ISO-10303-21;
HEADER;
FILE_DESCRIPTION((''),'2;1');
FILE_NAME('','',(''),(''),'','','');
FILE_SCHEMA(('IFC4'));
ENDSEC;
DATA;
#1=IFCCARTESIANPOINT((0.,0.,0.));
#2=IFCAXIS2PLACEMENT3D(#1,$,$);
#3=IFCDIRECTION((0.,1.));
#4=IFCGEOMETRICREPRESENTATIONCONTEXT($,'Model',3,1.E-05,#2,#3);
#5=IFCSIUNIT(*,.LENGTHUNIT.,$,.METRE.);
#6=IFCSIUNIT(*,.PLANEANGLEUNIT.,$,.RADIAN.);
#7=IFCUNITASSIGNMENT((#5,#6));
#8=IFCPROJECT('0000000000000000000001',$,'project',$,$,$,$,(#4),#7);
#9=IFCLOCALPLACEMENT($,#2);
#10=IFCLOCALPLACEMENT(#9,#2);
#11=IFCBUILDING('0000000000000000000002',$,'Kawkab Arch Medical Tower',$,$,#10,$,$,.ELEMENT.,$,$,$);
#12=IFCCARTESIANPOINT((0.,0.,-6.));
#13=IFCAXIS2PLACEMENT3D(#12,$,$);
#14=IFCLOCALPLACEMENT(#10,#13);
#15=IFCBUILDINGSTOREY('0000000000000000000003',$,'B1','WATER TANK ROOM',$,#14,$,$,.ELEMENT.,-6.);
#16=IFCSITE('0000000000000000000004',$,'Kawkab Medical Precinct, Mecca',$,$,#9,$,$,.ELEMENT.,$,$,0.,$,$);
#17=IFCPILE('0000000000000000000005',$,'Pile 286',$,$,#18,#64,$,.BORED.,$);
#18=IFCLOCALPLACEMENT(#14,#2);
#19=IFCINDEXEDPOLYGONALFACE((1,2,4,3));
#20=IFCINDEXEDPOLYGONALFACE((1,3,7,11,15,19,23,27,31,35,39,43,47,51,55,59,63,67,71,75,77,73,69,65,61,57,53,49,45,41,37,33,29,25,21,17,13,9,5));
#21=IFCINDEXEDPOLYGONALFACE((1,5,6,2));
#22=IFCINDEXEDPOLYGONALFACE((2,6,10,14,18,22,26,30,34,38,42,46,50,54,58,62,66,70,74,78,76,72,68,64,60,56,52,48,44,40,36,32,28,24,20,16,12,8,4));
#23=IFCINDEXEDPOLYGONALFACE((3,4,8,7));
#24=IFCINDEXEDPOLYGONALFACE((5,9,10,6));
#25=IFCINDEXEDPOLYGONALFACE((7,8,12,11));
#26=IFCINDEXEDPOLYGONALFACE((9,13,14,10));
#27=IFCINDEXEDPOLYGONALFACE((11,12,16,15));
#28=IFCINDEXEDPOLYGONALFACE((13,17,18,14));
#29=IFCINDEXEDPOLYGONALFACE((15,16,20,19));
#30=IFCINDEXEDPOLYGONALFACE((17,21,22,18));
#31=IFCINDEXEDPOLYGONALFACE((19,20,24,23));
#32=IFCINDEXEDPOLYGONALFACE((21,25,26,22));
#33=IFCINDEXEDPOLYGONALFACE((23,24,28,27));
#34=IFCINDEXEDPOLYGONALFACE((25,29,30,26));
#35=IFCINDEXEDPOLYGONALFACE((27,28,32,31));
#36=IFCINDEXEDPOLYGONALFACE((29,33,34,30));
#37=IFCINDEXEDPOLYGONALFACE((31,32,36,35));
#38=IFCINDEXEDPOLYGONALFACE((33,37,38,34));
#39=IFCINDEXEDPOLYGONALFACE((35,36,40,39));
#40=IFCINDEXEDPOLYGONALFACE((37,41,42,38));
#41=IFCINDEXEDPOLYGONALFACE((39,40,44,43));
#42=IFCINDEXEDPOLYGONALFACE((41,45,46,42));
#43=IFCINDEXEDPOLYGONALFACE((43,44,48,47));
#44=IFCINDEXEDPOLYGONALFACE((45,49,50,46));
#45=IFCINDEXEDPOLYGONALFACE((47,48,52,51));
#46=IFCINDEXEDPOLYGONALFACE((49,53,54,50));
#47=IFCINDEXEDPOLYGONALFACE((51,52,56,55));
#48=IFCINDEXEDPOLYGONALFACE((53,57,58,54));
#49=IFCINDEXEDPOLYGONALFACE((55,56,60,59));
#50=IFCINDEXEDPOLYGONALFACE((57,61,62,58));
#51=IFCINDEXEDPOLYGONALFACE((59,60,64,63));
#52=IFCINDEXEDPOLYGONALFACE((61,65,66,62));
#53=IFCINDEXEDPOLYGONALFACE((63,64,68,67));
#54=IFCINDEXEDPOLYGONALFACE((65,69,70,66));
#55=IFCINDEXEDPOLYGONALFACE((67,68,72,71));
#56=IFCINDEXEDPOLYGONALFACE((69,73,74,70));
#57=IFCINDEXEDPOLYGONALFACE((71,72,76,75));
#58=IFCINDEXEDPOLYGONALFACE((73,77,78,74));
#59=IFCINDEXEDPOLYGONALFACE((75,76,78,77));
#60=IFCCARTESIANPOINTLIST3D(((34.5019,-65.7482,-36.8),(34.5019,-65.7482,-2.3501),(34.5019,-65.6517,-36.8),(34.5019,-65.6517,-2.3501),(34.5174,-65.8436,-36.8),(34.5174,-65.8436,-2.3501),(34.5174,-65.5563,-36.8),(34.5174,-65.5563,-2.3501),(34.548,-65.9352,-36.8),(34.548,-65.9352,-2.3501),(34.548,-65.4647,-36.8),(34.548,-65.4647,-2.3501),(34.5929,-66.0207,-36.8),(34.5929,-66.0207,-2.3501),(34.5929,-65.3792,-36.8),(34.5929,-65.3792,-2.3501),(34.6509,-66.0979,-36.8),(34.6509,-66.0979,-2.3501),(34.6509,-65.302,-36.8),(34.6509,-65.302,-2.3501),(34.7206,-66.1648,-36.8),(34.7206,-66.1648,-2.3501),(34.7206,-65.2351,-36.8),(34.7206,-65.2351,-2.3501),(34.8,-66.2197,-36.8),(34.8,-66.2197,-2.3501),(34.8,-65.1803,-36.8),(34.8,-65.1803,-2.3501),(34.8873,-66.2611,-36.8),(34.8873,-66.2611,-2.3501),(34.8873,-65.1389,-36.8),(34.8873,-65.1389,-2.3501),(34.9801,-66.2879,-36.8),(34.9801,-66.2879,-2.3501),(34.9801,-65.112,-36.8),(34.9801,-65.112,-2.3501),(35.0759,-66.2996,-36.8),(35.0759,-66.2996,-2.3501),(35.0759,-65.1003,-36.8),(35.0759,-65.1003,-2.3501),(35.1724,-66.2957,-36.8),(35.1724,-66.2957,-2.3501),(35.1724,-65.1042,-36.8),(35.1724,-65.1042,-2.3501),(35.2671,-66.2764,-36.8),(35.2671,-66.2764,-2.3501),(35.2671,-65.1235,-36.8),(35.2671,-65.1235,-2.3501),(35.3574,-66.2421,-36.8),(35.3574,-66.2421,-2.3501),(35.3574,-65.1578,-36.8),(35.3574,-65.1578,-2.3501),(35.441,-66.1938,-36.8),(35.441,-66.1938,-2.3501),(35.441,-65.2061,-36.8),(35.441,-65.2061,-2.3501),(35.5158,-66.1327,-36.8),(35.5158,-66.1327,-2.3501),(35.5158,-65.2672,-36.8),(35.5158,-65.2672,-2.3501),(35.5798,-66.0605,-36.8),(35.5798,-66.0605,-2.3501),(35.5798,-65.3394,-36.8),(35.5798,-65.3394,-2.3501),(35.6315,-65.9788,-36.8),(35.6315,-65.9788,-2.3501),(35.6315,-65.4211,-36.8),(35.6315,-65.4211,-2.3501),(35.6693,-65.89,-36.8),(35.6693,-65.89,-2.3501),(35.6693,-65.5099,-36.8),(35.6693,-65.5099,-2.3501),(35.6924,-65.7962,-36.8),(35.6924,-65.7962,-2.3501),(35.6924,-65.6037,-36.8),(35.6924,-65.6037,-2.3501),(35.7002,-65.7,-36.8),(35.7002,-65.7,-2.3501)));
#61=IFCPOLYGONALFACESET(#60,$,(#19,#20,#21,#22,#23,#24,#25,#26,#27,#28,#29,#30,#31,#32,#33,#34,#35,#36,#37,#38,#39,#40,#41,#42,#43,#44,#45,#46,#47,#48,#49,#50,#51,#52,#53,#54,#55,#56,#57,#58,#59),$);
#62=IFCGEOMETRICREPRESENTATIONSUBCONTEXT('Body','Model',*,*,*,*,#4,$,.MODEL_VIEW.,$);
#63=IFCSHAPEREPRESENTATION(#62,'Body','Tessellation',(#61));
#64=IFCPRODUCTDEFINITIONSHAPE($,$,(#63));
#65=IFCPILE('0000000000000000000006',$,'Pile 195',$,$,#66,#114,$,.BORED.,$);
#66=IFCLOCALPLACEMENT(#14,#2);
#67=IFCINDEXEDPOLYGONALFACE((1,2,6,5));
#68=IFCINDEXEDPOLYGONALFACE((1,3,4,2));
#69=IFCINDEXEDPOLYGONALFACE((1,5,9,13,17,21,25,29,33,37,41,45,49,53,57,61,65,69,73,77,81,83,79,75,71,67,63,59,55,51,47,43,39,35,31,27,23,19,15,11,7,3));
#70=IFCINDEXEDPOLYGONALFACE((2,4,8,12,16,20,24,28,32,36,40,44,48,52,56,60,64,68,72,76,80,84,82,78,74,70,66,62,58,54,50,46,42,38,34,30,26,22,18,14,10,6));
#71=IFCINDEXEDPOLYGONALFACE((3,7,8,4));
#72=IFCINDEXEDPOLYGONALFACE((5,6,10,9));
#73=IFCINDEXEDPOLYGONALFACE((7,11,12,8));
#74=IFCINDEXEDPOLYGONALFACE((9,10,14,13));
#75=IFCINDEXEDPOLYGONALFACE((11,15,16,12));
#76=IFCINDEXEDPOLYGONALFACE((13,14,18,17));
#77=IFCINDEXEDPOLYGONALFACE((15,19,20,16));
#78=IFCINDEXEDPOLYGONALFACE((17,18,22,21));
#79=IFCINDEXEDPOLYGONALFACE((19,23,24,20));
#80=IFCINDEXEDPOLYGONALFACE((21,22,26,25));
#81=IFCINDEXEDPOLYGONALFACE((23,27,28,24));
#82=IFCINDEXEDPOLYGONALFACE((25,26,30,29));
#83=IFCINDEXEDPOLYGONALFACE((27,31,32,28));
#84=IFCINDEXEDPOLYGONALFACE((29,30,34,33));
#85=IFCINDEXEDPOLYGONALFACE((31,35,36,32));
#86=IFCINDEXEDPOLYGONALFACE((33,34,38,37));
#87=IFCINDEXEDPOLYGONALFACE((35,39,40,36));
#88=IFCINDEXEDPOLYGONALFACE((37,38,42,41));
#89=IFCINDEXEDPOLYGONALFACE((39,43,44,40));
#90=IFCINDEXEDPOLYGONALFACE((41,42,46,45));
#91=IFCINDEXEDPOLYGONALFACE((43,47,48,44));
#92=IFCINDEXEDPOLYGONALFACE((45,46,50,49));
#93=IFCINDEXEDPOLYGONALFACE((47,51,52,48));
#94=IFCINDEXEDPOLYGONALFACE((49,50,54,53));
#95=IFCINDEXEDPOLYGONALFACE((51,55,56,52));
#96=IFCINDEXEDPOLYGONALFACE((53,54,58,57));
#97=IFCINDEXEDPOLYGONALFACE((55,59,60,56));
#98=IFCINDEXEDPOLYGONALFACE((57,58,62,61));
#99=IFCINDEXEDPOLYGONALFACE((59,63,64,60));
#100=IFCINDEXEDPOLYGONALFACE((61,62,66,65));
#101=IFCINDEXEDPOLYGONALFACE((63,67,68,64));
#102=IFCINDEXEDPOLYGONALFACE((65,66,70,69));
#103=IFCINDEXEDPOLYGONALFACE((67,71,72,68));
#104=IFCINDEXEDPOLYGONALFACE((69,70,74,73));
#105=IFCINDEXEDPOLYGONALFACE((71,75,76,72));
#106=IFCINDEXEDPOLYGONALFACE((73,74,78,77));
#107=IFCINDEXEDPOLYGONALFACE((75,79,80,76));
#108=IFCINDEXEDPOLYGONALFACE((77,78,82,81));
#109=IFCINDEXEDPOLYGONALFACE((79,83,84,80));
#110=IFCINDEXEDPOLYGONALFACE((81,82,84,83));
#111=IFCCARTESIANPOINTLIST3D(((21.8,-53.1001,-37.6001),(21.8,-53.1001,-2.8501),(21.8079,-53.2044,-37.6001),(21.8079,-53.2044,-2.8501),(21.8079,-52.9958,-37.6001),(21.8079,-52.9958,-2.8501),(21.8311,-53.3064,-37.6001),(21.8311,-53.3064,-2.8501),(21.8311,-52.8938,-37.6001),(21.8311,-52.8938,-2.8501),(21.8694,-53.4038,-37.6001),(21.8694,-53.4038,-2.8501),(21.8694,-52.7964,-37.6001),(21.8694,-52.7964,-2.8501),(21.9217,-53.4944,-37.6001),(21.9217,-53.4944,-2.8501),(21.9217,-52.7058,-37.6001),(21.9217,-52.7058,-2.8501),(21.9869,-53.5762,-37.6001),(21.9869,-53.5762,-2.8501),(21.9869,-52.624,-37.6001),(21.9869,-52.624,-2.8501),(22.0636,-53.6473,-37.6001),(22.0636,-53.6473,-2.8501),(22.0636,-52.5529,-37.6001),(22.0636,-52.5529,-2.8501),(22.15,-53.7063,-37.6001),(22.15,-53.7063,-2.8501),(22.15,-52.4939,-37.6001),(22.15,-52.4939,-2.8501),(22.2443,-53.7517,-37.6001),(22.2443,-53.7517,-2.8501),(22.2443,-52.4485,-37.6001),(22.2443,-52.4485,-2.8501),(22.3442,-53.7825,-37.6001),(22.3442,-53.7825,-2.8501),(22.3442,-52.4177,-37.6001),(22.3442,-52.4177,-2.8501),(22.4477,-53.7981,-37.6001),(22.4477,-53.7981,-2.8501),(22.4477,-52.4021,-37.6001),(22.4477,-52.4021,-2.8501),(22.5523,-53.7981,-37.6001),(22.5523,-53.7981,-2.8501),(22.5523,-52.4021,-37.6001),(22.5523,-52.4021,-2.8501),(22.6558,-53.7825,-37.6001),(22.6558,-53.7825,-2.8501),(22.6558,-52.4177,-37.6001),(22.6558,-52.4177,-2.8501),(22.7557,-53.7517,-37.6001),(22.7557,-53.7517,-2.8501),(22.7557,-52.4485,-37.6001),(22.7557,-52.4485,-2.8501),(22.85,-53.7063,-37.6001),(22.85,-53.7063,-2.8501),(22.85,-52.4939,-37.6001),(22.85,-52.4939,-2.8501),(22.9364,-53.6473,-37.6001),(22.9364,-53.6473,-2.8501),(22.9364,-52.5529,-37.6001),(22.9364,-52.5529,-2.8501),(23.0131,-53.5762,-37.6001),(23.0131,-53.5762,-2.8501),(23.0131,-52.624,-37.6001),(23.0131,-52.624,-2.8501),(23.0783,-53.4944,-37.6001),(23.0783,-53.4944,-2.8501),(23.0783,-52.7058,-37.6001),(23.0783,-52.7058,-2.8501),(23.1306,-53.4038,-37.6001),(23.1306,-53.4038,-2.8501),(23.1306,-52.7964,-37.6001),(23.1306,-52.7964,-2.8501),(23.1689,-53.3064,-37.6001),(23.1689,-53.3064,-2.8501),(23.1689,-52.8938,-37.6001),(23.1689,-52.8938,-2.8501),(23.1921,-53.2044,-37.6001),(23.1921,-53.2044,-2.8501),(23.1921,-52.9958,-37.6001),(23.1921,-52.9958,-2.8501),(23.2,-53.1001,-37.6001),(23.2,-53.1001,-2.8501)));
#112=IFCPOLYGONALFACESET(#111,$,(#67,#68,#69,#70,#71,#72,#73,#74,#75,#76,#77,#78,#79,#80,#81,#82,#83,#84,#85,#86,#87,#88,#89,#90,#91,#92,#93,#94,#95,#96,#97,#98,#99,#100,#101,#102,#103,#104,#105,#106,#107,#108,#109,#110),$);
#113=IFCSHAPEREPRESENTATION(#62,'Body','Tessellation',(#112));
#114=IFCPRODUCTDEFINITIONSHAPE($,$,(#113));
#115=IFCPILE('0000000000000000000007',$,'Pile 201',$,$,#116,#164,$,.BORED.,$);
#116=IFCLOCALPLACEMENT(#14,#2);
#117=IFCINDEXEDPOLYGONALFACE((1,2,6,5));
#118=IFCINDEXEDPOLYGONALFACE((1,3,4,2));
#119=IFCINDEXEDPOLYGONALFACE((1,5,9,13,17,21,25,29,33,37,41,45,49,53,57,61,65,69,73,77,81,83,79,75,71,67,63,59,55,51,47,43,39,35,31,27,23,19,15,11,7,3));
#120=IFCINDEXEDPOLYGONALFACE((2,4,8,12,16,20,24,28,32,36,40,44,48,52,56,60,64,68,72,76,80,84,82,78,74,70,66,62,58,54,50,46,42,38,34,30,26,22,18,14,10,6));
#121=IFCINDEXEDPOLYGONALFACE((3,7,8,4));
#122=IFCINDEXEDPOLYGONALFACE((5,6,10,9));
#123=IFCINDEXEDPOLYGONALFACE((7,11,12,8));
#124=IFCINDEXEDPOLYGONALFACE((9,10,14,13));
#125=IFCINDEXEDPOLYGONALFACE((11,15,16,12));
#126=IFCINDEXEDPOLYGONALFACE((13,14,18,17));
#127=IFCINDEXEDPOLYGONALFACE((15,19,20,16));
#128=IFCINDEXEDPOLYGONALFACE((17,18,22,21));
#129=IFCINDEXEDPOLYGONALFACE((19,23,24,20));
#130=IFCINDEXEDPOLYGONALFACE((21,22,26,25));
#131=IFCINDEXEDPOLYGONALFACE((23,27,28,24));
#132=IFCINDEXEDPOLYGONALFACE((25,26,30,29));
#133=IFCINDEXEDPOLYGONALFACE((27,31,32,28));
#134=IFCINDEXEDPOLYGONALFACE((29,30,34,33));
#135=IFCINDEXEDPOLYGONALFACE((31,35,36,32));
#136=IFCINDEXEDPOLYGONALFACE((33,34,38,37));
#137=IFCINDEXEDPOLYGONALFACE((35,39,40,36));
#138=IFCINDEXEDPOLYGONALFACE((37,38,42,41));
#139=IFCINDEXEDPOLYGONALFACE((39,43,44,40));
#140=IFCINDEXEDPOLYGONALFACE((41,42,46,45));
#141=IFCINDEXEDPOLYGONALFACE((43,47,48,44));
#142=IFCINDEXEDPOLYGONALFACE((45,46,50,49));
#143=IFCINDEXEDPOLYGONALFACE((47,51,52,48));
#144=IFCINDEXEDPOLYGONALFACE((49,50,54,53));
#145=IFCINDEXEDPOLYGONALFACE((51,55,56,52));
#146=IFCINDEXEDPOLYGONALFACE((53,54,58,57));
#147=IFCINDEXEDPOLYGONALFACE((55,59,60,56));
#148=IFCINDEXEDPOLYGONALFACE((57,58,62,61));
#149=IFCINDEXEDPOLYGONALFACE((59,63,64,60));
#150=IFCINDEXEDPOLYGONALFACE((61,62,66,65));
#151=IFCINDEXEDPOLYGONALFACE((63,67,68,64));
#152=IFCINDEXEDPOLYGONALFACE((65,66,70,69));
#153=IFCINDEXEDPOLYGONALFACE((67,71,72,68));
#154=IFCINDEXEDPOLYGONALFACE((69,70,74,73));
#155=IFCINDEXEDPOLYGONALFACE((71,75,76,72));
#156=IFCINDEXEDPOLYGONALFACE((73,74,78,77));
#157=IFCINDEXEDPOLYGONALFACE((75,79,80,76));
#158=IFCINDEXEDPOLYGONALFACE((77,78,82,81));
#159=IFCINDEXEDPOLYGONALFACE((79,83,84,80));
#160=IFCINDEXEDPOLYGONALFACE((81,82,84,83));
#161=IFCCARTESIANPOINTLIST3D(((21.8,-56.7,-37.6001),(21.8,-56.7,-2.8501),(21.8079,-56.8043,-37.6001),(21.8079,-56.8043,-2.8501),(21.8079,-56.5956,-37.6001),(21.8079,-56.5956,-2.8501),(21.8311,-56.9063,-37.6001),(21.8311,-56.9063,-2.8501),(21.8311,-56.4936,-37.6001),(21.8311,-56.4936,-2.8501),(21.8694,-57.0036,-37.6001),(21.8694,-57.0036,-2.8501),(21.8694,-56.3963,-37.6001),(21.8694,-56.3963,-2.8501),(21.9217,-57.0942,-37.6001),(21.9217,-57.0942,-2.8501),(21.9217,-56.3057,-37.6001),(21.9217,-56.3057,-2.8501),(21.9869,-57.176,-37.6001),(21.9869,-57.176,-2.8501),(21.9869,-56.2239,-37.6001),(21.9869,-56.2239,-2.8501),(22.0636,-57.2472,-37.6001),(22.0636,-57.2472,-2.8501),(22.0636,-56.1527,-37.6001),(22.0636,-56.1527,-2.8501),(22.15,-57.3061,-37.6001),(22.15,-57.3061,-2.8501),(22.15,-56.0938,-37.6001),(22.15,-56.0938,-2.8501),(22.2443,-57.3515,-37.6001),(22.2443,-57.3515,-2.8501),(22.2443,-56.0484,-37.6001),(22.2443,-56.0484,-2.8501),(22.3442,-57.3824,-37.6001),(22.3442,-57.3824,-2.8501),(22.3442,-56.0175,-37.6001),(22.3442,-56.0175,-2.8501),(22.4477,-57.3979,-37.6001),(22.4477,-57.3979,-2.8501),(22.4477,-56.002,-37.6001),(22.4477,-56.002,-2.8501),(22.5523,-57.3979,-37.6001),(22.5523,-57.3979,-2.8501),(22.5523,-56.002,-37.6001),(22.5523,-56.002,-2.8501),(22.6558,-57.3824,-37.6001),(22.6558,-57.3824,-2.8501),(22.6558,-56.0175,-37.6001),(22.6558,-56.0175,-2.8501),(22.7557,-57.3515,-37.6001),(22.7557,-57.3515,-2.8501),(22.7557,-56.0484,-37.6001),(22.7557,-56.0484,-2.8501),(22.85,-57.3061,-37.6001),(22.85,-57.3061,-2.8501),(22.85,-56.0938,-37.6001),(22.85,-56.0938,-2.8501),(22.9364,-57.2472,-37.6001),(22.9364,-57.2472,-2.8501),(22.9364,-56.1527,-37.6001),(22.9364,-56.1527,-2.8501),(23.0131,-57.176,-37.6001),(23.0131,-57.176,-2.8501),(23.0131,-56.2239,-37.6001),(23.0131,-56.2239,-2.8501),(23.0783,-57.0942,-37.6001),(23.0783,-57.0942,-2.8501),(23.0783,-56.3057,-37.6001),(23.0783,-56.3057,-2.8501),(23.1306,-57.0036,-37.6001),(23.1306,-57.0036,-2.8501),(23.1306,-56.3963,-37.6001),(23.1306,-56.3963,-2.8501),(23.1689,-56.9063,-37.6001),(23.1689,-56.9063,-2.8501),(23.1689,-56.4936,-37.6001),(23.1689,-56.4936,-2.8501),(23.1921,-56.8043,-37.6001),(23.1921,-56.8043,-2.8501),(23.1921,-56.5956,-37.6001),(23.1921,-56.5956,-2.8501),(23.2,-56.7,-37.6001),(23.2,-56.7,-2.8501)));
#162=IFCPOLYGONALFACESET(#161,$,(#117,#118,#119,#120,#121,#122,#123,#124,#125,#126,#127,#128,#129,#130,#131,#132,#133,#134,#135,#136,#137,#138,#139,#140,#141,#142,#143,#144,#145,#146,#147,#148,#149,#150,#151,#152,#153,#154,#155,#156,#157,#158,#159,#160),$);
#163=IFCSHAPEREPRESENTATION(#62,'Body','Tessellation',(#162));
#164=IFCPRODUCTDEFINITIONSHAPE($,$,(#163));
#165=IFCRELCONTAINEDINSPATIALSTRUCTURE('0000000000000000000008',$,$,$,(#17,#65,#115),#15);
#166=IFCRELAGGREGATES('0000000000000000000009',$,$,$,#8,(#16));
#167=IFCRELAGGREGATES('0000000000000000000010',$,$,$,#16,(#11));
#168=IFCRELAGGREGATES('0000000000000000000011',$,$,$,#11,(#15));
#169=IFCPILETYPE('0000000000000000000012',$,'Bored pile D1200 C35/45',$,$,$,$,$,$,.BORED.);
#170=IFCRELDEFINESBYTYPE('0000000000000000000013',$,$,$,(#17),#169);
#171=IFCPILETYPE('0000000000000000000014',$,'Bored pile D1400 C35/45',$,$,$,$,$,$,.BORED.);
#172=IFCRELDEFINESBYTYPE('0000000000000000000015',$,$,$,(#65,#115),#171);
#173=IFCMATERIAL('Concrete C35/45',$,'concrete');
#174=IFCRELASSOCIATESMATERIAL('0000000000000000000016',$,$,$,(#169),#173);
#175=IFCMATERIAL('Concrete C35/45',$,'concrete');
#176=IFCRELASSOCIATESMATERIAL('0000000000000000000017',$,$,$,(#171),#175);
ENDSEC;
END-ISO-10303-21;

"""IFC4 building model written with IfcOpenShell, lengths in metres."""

from ifc_helpers import new_model, si_unit, direction, frame, origin, origin_2d, place, context, subcontext, project, spatial, circle, extrude, material, material_profile, profile_set, type_object, element, save


model = new_model("IFC4")

# Units and contexts
model_context = context("Model", 3, precision=1e-05, world=origin(), true_north=direction((0.0, 1.0)))
body_context = subcontext(model_context, "Body", "Model", "MODEL_VIEW")
ifc_project = project(units=[si_unit("LENGTHUNIT", "METRE"), si_unit("PLANEANGLEUNIT", "RADIAN")], contexts=[model_context])

# Site, building, storey
site_placement = place(None, origin())
site = spatial("IfcSite", under=ifc_project, at=site_placement, Name="Kawkab Medical Precinct, Mecca", CompositionType="ELEMENT", RefElevation=0.0)
building_placement = place(site_placement, origin())
building = spatial("IfcBuilding", under=site, at=building_placement, Name="Kawkab Arch Medical Tower", CompositionType="ELEMENT")
storey_placement = place(building_placement, frame((0.0, 0.0, -6.0)))
storey = spatial("IfcBuildingStorey", under=building, at=storey_placement, Name="B1", Description="WATER TANK ROOM", CompositionType="ELEMENT", Elevation=-6.0)

# Piles
ifc_material_1 = material(Name="Concrete C35/45", Category="concrete")
ifc_material_profile_1 = material_profile(ifc_material_1, circle(Radius=0.6001, at=origin_2d()), Name="Bored pile D1200")
ifc_profile_set_1 = profile_set([ifc_material_profile_1], Name="Concrete C35/45")
pile_type_1 = type_object("IfcPileType", Name="Bored pile D1200 C35/45", PredefinedType="BORED", material=ifc_profile_set_1)
for number, where, z_axis, x_axis, name in (
    (1, (35.1001, -65.7, -2.3501), (0.0, 0.0, -1.0), (1.0, 0.0, 0.0), "Pile 286"),
):
    element("IfcPile", number, at=place(storey_placement, frame(where, z_axis=z_axis, x_axis=x_axis)), inside=storey, type_object=pile_type_1, Name=name, PredefinedType="BORED", context=body_context, shape_type="SweptSolid", body=[
        extrude(circle(Radius=0.6001, at=origin_2d()), origin(), (0.0, 0.0, 1.0), 34.45),
    ])
ifc_material_2 = material(Name="Concrete C35/45", Category="concrete")
ifc_material_profile_2 = material_profile(ifc_material_2, circle(Radius=0.7, at=origin_2d()), Name="Bored pile D1400")
ifc_profile_set_2 = profile_set([ifc_material_profile_2], Name="Concrete C35/45")
pile_type_2 = type_object("IfcPileType", Name="Bored pile D1400 C35/45", PredefinedType="BORED", material=ifc_profile_set_2)
for number, where, z_axis, x_axis, name in (
    (2, (22.5, -53.1001, -2.8501), (0.0, 0.0, -1.0), (1.0, 0.0, 0.0), "Pile 195"),
    (3, (22.5, -56.7, -2.8501), (0.0, 0.0, -1.0), (1.0, 0.0, 0.0), "Pile 201"),
):
    element("IfcPile", number, at=place(storey_placement, frame(where, z_axis=z_axis, x_axis=x_axis)), inside=storey, type_object=pile_type_2, Name=name, PredefinedType="BORED", context=body_context, shape_type="SweptSolid", body=[
        extrude(circle(Radius=0.7, at=origin_2d()), origin(), (0.0, 0.0, 1.0), 34.75),
    ])

save(model, "model.ifc")
